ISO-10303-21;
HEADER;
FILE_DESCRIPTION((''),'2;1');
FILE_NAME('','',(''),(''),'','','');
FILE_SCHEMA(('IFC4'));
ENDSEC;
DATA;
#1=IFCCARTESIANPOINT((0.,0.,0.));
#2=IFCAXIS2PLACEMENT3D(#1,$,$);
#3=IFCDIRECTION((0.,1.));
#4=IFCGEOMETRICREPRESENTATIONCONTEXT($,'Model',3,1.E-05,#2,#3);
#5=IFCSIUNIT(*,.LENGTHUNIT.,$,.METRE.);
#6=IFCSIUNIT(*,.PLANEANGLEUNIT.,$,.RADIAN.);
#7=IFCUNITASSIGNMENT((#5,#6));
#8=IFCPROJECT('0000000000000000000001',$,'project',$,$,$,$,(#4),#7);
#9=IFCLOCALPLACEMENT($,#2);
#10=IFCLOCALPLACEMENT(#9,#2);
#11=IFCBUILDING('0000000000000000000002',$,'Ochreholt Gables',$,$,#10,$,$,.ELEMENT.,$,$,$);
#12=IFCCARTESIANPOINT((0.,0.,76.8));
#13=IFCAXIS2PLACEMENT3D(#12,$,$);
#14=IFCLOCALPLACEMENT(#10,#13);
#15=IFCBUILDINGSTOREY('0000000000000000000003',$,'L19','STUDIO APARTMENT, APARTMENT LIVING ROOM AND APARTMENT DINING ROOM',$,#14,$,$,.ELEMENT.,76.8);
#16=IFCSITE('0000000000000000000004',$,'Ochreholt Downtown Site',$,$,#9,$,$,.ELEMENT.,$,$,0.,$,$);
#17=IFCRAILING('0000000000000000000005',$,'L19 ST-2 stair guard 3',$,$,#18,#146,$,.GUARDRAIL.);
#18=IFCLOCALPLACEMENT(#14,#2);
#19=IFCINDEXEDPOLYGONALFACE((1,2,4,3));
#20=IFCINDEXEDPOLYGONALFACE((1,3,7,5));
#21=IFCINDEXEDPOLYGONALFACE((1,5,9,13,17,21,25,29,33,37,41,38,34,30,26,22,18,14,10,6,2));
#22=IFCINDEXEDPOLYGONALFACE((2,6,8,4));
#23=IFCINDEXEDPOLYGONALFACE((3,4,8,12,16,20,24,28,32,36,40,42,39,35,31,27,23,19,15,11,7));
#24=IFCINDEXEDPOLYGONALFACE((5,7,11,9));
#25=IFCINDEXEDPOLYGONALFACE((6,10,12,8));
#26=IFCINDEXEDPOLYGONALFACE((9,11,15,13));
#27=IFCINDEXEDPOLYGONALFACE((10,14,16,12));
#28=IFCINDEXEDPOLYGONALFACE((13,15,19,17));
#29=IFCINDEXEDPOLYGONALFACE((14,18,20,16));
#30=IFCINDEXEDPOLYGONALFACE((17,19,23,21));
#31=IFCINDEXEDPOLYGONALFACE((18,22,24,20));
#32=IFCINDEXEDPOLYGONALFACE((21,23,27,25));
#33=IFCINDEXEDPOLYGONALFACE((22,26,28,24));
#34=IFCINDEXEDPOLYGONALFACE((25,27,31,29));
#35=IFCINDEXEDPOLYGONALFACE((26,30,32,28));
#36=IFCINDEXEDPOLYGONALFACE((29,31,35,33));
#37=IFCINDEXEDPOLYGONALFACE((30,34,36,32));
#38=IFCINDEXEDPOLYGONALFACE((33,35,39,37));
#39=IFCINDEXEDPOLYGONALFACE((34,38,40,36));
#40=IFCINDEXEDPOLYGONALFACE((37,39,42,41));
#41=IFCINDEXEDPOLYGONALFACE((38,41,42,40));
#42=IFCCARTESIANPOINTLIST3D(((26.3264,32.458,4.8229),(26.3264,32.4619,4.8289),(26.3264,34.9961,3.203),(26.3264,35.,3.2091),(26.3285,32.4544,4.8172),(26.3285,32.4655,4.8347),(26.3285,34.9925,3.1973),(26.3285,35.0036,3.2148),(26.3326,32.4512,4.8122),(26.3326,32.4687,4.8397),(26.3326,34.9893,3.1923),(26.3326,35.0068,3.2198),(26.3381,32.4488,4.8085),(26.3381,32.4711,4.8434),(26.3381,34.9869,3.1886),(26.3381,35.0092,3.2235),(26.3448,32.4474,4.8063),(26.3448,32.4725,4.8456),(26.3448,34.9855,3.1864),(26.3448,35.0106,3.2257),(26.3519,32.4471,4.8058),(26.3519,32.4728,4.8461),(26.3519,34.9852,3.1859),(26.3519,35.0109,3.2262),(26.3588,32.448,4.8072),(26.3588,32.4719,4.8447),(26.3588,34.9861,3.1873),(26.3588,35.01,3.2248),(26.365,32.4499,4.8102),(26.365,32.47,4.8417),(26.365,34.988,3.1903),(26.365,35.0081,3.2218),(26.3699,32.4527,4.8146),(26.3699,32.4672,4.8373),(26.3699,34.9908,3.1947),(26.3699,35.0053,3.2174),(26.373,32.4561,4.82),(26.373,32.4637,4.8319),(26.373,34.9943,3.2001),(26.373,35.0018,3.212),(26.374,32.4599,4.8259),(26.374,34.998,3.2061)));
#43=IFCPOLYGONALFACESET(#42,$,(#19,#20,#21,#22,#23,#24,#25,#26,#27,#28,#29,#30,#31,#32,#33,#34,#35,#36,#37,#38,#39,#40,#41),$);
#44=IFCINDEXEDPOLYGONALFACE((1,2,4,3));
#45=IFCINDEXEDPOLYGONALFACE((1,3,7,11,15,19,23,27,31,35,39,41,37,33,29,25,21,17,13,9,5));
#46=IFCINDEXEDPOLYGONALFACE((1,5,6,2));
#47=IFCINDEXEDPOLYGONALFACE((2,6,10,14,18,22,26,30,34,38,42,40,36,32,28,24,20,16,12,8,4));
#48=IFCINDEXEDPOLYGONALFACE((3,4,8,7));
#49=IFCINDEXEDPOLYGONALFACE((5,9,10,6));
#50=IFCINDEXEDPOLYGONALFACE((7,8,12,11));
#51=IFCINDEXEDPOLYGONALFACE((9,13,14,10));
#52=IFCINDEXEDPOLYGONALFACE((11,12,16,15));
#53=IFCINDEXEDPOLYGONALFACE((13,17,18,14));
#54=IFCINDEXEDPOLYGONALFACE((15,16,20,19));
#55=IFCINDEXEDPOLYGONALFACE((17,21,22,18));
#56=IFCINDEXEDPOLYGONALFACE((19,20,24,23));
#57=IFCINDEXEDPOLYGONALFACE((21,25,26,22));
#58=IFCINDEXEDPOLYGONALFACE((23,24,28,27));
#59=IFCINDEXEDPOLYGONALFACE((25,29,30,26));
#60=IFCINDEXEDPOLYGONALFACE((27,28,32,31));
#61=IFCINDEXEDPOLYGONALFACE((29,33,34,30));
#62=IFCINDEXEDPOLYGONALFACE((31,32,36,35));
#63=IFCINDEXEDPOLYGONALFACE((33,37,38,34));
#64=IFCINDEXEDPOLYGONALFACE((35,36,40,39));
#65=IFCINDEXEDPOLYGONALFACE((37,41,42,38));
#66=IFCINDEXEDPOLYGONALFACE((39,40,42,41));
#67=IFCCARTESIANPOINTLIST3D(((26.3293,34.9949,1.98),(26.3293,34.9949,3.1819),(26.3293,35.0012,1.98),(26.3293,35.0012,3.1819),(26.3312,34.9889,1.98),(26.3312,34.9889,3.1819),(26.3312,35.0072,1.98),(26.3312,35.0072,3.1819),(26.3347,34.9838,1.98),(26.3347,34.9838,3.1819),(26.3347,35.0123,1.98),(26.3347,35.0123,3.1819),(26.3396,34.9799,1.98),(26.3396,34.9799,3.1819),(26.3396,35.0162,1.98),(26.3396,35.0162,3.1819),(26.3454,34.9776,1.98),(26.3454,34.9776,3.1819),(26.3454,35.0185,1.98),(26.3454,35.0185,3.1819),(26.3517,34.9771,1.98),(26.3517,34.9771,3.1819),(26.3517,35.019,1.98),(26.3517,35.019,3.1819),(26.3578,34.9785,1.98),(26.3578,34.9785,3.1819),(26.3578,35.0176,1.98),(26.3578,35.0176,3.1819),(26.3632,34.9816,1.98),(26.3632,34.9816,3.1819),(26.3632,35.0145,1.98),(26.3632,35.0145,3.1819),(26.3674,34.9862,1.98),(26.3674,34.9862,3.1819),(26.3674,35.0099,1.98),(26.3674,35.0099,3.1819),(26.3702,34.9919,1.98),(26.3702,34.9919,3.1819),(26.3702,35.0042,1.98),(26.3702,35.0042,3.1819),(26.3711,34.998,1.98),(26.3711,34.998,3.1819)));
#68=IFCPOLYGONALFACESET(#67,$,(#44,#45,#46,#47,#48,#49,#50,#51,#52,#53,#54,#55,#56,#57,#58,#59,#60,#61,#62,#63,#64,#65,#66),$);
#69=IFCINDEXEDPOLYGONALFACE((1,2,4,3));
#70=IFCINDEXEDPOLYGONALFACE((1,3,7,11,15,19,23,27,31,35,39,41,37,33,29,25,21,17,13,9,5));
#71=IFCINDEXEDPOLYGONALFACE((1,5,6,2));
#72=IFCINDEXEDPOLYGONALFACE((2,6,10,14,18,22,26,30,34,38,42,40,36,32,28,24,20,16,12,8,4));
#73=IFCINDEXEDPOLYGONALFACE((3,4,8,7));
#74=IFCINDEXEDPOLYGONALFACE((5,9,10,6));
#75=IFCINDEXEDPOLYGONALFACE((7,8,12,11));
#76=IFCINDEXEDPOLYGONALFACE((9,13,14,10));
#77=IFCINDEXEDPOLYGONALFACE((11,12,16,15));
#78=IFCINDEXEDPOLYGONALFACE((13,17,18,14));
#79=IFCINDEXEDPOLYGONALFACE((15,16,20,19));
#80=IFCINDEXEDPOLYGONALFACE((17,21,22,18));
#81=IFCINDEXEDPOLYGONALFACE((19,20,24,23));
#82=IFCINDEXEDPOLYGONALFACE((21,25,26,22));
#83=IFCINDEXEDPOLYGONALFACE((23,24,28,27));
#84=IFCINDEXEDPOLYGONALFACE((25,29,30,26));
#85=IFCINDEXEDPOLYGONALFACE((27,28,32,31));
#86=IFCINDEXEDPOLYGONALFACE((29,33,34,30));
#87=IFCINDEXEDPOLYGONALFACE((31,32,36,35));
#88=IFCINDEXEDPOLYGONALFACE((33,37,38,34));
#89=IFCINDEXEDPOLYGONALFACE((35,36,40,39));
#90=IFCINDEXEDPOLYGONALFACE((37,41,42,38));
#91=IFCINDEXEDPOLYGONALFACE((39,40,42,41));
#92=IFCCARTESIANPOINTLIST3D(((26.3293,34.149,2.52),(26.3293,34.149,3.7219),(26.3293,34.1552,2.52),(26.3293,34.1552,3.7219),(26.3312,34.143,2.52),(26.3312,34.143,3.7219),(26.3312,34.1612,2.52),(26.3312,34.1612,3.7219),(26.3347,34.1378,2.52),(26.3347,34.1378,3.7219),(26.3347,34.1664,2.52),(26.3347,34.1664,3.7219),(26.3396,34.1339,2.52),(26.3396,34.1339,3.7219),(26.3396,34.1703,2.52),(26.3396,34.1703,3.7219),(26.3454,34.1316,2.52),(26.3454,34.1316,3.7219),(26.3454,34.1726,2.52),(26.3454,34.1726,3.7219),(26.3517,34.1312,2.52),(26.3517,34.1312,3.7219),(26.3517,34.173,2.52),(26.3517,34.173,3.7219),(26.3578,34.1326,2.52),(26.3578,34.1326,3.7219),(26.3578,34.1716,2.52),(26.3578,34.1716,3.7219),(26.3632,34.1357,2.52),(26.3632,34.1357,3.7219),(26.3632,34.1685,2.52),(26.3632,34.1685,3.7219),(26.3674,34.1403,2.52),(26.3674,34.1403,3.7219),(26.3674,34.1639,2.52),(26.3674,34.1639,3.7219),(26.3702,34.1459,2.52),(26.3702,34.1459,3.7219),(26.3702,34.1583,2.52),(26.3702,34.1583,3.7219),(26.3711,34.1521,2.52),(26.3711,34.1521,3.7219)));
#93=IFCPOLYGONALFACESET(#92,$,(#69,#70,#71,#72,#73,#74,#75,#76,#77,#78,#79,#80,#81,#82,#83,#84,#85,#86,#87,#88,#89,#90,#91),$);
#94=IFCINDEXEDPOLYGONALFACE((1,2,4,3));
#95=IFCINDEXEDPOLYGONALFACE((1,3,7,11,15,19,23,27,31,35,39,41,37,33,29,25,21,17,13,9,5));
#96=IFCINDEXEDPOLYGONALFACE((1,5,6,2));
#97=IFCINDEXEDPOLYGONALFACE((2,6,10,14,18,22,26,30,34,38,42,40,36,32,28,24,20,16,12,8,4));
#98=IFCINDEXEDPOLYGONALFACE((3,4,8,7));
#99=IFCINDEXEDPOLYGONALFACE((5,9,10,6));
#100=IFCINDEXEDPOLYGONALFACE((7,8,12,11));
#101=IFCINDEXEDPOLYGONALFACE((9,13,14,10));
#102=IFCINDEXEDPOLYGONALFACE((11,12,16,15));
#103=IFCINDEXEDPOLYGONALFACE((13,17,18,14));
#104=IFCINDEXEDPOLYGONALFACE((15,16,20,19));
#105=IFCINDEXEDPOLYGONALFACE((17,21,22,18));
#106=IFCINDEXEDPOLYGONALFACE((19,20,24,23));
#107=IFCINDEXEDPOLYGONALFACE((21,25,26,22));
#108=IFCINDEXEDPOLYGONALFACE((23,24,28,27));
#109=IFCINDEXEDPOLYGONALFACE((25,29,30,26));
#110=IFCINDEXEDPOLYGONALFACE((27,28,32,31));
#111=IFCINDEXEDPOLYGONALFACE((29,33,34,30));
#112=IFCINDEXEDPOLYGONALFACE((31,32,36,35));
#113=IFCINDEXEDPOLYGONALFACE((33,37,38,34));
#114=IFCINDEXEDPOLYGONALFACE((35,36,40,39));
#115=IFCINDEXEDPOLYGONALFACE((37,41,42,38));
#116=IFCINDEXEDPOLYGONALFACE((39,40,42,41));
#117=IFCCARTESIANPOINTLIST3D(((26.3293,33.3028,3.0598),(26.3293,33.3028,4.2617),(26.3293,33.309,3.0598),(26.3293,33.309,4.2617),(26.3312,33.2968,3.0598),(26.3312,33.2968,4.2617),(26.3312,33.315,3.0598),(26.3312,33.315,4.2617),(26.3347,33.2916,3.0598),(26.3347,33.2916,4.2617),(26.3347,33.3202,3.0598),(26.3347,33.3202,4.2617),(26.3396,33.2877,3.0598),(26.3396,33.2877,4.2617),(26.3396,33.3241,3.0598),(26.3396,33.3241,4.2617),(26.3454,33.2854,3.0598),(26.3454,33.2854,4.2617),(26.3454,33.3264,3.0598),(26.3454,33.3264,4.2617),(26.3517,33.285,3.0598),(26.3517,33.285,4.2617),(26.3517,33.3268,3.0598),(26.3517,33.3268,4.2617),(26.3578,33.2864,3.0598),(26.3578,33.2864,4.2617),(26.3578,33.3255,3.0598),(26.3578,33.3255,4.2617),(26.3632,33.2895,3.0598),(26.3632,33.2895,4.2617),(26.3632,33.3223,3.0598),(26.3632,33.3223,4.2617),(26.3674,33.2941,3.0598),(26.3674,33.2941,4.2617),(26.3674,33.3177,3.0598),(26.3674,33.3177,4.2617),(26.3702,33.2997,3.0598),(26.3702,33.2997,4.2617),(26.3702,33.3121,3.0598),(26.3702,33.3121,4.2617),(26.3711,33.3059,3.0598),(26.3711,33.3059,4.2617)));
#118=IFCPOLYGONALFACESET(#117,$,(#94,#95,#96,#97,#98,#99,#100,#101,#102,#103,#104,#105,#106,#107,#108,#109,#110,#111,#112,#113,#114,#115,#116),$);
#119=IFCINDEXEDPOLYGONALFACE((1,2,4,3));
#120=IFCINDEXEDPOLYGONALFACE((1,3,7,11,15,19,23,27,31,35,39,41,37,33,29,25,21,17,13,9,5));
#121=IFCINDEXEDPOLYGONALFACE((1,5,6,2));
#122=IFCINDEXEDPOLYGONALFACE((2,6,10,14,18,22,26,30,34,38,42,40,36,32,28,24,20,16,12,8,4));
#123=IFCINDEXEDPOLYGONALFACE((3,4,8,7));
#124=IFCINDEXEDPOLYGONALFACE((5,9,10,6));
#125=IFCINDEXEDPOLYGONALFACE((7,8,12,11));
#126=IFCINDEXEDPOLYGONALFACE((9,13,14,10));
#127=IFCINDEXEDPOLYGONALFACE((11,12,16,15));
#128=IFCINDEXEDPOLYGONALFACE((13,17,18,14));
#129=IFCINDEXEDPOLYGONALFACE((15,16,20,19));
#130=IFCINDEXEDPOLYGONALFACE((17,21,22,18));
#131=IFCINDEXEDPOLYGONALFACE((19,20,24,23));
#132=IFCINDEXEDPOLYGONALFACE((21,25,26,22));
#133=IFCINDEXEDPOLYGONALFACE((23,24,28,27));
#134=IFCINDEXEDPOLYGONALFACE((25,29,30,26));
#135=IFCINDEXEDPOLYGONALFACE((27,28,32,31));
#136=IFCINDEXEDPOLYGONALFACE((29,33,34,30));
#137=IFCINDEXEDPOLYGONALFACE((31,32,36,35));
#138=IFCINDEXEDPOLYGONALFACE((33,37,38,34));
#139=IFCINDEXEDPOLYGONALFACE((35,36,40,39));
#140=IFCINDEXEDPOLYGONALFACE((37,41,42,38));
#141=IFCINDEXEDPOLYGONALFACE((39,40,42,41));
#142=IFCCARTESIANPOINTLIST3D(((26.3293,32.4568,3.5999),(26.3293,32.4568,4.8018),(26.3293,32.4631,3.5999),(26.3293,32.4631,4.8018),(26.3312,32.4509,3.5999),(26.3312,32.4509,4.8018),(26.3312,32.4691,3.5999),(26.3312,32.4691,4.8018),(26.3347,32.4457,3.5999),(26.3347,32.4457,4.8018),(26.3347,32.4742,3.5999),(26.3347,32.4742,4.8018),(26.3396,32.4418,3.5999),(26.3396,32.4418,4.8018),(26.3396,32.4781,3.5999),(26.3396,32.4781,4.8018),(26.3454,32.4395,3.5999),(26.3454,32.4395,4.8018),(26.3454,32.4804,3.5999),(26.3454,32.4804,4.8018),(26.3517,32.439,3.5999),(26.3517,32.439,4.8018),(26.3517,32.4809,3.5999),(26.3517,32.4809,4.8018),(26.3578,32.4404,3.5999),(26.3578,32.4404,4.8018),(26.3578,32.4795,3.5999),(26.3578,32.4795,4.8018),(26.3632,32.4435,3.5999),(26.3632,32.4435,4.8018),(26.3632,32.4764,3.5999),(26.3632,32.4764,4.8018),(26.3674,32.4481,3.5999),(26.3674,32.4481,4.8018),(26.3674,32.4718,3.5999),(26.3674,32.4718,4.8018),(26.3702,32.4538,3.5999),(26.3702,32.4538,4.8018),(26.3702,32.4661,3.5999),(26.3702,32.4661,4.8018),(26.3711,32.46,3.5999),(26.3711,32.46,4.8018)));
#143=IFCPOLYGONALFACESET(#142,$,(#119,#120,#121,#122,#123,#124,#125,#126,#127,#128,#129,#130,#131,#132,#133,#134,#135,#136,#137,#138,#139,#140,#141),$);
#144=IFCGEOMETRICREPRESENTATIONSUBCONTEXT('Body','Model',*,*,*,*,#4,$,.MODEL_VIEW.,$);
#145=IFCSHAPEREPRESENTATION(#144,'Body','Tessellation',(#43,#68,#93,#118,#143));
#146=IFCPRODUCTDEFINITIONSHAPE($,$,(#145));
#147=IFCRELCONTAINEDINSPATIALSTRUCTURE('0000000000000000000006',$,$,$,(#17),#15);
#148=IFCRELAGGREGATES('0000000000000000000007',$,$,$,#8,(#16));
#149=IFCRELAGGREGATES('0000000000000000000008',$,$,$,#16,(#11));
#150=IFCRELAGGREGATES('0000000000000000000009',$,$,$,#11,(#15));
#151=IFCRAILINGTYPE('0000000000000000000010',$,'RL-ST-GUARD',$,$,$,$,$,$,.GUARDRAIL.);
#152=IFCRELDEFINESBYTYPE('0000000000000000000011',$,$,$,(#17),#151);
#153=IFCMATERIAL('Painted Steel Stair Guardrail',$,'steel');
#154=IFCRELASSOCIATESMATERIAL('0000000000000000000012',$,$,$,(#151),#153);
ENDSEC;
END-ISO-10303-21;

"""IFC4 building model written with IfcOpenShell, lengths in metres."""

from ifc_helpers import new_model, si_unit, direction, frame, origin, origin_2d, place, context, subcontext, project, spatial, circle, extrude, material, type_object, element, save


model = new_model("IFC4")

# Units and contexts
model_context = context("Model", 3, precision=1e-05, world=origin(), true_north=direction((0.0, 1.0)))
body_context = subcontext(model_context, "Body", "Model", "MODEL_VIEW")
ifc_project = project(units=[si_unit("LENGTHUNIT", "METRE"), si_unit("PLANEANGLEUNIT", "RADIAN")], contexts=[model_context])

# Site, building, storey
site_placement = place(None, origin())
site = spatial("IfcSite", under=ifc_project, at=site_placement, Name="Ochreholt Downtown Site", CompositionType="ELEMENT", RefElevation=0.0)
building_placement = place(site_placement, origin())
building = spatial("IfcBuilding", under=site, at=building_placement, Name="Ochreholt Gables", CompositionType="ELEMENT")
storey_placement = place(building_placement, frame((0.0, 0.0, 76.8)))
storey = spatial("IfcBuildingStorey", under=building, at=storey_placement, Name="L19", Description="STUDIO APARTMENT, APARTMENT LIVING ROOM AND APARTMENT DINING ROOM", CompositionType="ELEMENT", Elevation=76.8)

# Railing
ifc_material_1 = material(Name="Painted Steel Stair Guardrail", Category="steel")
railing_type_1 = type_object("IfcRailingType", Name="RL-ST-GUARD", PredefinedType="GUARDRAIL", material=ifc_material_1)
railing_1_placement = place(storey_placement, frame((26.3501, 34.998, 1.98)))
element("IfcRailing", 1, at=railing_1_placement, inside=storey, type_object=railing_type_1, Name="L19 ST-2 stair guard 3", PredefinedType="GUARDRAIL", context=body_context, shape_type="SweptSolid", body=[
    extrude(circle(Radius=0.0239, at=origin_2d()), frame((0.0, 0.0, 1.2261), z_axis=(0.0, -0.84295, 0.537993), x_axis=(1.0, 0.0, 0.0)), (0.0, 0.0, 1.0), 3.011),
    extrude(circle(Radius=0.021, at=origin_2d()), origin(), (0.0, 0.0, 1.0), 1.2019),
    extrude(circle(Radius=0.021, at=origin_2d()), frame((0.0, -0.8459, 0.54)), (0.0, 0.0, 1.0), 1.2019),
    extrude(circle(Radius=0.021, at=origin_2d()), frame((0.0, -1.6921, 1.0798)), (0.0, 0.0, 1.0), 1.2019),
    extrude(circle(Radius=0.021, at=origin_2d()), frame((0.0, -2.5381, 1.6199)), (0.0, 0.0, 1.0), 1.2019),
])

save(model, "model.ifc")
